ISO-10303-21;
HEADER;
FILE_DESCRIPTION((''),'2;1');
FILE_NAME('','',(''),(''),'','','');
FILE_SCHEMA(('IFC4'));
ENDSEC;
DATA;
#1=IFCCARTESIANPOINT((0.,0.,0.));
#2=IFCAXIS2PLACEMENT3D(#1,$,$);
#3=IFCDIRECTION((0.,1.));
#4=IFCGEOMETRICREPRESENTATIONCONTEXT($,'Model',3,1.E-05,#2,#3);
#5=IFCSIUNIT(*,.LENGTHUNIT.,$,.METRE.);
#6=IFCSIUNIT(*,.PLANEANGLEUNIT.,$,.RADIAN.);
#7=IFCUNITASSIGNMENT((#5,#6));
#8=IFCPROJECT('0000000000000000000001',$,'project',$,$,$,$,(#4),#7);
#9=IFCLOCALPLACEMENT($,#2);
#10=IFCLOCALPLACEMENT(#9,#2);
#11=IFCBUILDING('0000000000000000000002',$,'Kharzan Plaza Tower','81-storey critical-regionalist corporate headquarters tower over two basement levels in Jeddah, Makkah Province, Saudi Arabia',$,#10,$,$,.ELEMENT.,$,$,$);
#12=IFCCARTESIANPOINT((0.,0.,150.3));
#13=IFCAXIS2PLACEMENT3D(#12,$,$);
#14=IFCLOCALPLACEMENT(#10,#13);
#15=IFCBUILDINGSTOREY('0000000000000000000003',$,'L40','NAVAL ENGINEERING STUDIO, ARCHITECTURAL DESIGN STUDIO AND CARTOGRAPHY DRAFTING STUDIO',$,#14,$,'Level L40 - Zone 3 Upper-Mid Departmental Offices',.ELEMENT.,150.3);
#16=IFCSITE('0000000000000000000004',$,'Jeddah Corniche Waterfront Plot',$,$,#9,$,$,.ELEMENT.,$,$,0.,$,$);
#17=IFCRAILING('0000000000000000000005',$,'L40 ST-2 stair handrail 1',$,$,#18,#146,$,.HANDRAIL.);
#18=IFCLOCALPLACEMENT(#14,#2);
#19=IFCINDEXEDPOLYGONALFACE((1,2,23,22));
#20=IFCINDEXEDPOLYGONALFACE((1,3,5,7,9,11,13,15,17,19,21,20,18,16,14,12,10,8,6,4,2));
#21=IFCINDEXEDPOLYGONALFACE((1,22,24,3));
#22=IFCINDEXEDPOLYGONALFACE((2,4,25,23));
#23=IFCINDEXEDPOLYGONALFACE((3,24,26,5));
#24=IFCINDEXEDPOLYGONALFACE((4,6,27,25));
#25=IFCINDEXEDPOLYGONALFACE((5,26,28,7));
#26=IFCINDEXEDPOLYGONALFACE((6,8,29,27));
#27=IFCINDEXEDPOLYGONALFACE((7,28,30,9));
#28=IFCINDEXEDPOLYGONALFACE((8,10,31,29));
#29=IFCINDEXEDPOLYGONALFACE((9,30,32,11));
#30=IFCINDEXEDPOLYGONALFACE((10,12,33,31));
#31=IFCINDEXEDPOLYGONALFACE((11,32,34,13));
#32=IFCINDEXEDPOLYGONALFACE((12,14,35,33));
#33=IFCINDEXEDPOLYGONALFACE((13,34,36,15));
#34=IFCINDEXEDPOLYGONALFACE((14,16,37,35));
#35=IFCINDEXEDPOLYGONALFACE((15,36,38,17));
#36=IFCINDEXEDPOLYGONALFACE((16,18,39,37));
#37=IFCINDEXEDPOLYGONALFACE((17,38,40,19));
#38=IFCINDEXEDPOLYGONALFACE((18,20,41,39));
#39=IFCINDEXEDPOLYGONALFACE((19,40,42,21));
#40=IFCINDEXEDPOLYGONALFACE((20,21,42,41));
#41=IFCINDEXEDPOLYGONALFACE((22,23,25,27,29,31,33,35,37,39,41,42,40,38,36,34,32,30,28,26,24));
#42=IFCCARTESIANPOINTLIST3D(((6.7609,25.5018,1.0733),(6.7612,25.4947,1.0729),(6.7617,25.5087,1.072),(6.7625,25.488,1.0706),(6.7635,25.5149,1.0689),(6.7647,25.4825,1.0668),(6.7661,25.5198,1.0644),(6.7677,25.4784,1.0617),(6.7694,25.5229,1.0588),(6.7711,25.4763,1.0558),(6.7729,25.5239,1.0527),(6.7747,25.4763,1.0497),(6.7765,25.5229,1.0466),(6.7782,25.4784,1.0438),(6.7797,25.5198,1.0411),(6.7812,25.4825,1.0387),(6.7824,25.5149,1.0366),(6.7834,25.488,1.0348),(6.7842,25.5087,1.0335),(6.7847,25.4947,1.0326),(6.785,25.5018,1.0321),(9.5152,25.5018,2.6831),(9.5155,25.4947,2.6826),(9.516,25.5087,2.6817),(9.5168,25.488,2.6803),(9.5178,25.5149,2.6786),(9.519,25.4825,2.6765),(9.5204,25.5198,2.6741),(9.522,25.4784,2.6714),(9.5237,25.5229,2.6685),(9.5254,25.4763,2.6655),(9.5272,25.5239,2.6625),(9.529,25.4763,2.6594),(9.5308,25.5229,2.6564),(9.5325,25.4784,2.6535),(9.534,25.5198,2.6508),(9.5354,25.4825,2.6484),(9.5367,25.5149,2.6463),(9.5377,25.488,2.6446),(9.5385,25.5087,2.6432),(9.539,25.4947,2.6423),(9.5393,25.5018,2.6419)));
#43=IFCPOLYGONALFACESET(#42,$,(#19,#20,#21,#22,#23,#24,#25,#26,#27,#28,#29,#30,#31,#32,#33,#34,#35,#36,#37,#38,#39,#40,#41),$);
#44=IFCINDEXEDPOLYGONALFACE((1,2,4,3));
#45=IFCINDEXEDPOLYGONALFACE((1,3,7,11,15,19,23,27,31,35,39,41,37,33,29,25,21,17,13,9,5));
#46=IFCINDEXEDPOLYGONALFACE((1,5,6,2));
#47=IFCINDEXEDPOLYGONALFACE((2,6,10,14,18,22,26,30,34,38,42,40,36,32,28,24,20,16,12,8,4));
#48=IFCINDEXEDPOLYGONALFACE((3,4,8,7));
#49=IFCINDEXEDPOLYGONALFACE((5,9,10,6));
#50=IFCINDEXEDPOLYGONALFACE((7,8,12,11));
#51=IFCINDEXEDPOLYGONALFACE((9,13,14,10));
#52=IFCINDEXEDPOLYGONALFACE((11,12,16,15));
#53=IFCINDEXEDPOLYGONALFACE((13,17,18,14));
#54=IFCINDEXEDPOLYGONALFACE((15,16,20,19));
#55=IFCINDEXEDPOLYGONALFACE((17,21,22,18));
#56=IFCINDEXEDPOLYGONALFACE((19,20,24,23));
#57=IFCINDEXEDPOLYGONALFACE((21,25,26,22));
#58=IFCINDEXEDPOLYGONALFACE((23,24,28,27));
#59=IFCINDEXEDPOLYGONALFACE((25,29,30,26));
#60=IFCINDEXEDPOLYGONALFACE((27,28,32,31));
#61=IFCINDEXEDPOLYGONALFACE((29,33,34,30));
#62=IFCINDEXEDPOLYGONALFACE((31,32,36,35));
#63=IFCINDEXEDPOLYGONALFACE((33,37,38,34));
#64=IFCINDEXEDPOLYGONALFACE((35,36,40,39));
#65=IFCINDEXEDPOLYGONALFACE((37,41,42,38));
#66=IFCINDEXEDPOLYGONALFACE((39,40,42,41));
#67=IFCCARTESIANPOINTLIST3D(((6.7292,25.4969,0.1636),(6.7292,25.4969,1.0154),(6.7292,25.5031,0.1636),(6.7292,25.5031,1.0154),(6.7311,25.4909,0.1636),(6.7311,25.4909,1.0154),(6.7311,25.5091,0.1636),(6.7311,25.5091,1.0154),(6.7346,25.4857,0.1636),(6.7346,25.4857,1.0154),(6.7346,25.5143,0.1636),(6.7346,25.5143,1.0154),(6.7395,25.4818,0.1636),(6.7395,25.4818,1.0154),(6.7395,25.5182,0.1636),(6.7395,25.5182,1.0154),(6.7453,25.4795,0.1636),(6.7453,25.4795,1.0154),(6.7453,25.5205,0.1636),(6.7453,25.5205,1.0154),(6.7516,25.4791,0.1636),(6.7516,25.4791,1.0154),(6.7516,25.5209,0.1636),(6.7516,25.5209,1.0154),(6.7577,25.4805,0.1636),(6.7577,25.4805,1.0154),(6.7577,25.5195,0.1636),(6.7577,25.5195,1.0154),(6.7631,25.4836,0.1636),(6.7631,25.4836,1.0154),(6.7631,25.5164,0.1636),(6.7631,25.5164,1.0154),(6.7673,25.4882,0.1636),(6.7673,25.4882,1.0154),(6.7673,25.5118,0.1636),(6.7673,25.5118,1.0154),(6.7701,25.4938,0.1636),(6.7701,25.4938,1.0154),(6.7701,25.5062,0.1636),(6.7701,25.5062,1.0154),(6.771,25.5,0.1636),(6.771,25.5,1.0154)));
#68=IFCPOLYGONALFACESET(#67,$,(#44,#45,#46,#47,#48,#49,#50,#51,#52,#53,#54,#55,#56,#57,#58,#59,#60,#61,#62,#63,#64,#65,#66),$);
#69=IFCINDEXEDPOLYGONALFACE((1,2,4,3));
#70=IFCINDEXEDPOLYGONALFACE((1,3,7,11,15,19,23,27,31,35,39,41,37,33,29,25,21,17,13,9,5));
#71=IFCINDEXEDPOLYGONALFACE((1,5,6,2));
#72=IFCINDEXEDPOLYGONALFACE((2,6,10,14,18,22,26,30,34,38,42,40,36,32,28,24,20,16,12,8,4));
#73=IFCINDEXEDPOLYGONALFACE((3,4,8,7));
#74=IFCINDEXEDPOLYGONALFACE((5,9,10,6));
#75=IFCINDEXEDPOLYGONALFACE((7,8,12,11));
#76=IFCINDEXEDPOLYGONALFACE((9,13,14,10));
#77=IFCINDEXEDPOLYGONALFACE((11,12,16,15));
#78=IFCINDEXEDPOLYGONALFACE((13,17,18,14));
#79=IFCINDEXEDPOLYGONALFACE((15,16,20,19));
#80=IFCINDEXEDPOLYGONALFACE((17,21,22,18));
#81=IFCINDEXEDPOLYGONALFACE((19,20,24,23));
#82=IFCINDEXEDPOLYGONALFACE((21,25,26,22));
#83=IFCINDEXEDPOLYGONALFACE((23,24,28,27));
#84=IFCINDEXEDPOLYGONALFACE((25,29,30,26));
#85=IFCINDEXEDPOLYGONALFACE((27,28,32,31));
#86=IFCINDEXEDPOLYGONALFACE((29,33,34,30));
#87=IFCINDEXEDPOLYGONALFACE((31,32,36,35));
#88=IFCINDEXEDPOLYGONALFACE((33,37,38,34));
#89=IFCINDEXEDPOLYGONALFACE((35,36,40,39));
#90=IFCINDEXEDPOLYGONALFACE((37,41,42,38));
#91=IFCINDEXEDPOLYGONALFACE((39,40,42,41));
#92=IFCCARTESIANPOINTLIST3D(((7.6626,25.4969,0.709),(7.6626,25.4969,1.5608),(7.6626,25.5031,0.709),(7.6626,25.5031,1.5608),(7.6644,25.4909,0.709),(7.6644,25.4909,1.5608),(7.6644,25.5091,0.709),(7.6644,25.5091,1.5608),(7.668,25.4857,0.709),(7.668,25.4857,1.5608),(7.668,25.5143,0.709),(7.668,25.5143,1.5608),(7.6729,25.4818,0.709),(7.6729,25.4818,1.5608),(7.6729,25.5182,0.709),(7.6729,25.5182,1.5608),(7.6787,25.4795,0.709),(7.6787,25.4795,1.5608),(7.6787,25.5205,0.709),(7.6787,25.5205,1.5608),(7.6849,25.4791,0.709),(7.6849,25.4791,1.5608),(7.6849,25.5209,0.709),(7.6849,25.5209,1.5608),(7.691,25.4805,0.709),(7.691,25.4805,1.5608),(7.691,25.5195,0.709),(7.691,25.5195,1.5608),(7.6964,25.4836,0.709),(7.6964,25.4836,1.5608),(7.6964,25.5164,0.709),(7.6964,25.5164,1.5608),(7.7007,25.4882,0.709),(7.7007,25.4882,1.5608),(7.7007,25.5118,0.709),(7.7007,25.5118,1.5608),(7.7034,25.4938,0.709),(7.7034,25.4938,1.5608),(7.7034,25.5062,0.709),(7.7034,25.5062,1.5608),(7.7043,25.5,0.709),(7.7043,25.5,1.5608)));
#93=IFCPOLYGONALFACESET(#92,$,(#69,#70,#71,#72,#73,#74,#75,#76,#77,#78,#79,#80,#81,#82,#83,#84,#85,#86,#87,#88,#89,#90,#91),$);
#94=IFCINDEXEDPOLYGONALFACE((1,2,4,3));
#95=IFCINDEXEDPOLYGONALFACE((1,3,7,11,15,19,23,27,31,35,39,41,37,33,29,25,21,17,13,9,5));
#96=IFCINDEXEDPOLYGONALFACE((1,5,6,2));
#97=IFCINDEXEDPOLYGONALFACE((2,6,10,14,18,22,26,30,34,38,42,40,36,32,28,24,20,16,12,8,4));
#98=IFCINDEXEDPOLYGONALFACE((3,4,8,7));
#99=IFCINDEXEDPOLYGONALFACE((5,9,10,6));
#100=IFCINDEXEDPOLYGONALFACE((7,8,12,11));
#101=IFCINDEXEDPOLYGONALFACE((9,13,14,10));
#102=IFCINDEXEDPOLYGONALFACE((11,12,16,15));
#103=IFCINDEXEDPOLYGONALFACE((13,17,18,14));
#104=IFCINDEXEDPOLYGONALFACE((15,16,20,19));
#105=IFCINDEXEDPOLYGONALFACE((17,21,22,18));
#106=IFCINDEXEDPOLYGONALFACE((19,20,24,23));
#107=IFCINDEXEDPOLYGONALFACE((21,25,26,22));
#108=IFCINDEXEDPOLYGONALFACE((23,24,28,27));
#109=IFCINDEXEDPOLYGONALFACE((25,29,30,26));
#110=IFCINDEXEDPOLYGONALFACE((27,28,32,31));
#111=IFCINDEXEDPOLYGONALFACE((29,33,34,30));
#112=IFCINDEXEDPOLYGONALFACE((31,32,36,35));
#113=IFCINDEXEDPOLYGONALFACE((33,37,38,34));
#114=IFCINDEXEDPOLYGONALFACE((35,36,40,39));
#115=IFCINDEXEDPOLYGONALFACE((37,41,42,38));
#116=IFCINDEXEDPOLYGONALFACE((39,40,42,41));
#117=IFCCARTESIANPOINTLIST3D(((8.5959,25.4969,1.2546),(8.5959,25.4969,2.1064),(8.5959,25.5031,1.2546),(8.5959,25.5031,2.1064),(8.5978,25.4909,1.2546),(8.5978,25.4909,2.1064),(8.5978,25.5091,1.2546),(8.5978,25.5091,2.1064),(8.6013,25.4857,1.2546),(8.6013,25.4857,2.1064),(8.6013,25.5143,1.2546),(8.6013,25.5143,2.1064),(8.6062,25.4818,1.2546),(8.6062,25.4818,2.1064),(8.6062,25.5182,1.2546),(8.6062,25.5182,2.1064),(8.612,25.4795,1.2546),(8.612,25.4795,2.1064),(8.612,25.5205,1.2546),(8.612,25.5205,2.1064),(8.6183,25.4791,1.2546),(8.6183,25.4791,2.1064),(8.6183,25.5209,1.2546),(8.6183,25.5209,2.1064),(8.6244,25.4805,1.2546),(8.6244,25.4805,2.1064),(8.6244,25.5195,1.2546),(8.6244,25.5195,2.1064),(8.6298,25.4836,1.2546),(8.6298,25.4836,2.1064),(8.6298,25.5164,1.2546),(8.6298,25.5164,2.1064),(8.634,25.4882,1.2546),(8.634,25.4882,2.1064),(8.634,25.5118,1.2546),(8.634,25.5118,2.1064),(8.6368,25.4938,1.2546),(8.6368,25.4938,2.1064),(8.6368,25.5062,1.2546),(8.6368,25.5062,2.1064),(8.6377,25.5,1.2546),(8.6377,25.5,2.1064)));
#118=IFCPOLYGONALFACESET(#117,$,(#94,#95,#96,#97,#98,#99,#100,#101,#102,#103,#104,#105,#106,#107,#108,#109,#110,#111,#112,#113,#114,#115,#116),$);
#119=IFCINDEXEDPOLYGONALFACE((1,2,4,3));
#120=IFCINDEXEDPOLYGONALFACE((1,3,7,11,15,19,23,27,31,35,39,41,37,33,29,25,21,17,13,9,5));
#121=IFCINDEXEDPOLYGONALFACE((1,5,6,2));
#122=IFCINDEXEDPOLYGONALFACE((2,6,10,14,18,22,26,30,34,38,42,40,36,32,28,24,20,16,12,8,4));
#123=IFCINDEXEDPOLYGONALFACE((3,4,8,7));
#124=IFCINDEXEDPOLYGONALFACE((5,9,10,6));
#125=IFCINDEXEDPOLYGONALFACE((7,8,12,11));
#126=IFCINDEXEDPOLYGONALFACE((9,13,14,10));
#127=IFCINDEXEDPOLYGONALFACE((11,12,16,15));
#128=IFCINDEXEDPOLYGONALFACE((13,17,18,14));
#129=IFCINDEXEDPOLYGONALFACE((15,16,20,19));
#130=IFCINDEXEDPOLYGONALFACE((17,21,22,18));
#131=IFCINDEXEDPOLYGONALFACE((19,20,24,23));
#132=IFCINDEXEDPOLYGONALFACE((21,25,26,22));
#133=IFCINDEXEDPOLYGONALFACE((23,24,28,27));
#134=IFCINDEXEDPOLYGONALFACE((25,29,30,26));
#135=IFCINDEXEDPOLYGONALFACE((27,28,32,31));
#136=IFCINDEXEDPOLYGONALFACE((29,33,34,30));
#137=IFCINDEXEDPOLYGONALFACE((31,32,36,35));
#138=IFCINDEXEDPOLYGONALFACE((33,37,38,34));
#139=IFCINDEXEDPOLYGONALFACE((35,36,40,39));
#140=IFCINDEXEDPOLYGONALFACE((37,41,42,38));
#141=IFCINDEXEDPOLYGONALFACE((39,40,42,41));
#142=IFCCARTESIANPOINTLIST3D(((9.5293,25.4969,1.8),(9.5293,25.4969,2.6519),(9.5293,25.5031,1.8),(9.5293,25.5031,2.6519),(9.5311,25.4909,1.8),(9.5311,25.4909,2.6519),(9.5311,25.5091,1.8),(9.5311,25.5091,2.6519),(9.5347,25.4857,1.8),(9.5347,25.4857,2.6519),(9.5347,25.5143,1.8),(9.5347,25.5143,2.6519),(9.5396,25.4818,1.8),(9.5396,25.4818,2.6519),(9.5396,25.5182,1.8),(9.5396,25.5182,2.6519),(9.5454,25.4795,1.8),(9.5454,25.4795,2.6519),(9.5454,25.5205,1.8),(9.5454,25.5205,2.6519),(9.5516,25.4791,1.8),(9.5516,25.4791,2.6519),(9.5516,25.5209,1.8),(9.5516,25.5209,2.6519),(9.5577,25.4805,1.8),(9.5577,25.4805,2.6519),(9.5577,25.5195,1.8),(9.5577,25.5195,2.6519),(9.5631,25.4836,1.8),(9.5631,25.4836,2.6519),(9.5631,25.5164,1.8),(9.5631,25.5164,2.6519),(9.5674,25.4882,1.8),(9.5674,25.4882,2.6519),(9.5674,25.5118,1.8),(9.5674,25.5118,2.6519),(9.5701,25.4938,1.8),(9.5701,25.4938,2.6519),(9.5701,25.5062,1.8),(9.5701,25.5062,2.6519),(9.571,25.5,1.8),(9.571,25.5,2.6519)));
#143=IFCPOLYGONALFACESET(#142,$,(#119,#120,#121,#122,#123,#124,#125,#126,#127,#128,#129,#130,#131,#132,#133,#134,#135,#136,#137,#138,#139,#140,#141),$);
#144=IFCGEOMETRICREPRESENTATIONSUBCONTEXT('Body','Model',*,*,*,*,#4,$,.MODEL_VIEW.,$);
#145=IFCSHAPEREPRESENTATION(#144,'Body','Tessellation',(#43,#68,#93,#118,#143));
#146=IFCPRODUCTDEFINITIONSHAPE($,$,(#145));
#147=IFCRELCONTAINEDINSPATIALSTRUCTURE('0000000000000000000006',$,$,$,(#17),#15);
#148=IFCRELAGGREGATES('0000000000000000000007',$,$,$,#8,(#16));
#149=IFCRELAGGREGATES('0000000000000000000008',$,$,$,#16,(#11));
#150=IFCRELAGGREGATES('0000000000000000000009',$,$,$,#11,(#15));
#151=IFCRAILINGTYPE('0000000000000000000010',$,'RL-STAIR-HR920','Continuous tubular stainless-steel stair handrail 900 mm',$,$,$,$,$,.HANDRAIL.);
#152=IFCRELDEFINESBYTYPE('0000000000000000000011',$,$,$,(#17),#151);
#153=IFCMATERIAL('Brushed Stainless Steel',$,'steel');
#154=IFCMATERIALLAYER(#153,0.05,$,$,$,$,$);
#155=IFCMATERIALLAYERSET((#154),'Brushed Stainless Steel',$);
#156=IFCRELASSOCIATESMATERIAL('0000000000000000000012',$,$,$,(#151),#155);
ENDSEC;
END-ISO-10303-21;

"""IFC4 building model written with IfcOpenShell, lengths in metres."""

from ifc_helpers import new_model, si_unit, direction, frame, origin, origin_2d, place, context, subcontext, project, spatial, circle, extrude, source, transform, mapped, material, layer, layer_set, type_object, element, save


model = new_model("IFC4")

# Units and contexts
model_context = context("Model", 3, precision=1e-05, world=origin(), true_north=direction((0.0, 1.0)))
body_context = subcontext(model_context, "Body", "Model", "MODEL_VIEW")
ifc_project = project(units=[si_unit("LENGTHUNIT", "METRE"), si_unit("PLANEANGLEUNIT", "RADIAN")], contexts=[model_context])

# Site, building, storey
site_placement = place(None, origin())
site = spatial("IfcSite", under=ifc_project, at=site_placement, Name="Jeddah Corniche Waterfront Plot", CompositionType="ELEMENT", RefElevation=0.0)
building_placement = place(site_placement, origin())
building = spatial("IfcBuilding", under=site, at=building_placement, Name="Kharzan Plaza Tower", Description="81-storey critical-regionalist corporate headquarters tower over two basement levels in Jeddah, Makkah Province, Saudi Arabia", CompositionType="ELEMENT")
storey_placement = place(building_placement, frame((0.0, 0.0, 150.3)))
storey = spatial("IfcBuildingStorey", under=building, at=storey_placement, Name="L40", Description="NAVAL ENGINEERING STUDIO, ARCHITECTURAL DESIGN STUDIO AND CARTOGRAPHY DRAFTING STUDIO", LongName="Level L40 - Zone 3 Upper-Mid Departmental Offices", CompositionType="ELEMENT", Elevation=150.3)

# Shared definitions
ifc_material_1 = material(Name="Brushed Stainless Steel", Category="steel")

# Railing
ifc_layer_1 = layer(ifc_material_1, 0.05)
ifc_layer_set_1 = layer_set([ifc_layer_1], Name="Brushed Stainless Steel")
railing_type_1 = type_object("IfcRailingType", Name="RL-STAIR-HR920", Description="Continuous tubular stainless-steel stair handrail 900 mm", PredefinedType="HANDRAIL", material=ifc_layer_set_1)
shared_shape_1 = source(origin(), body_context, "Body", "SweptSolid", [
    extrude(circle(Radius=0.0239, at=origin_2d()), frame((0.0229, 0.0, 0.8892), z_axis=(0.863361, 0.0, 0.504587), x_axis=(0.0, 1.0, 0.0)), (0.0, 0.0, 1.0), 3.1902),
    extrude(circle(Radius=0.021, at=origin_2d()), origin(), (0.0, 0.0, 1.0), 0.8518),
    extrude(circle(Radius=0.021, at=origin_2d()), frame((0.9333, 0.0, 0.5454)), (0.0, 0.0, 1.0), 0.8518),
    extrude(circle(Radius=0.021, at=origin_2d()), frame((1.8667, 0.0, 1.0911)), (0.0, 0.0, 1.0), 0.8518),
    extrude(circle(Radius=0.021, at=origin_2d()), frame((2.8, 0.0, 1.6365)), (0.0, 0.0, 1.0), 0.8518),
])
railing_1_placement = place(storey_placement, frame((6.75, 25.5, 0.1636)))
element("IfcRailing", 1, at=railing_1_placement, inside=storey, type_object=railing_type_1, Name="L40 ST-2 stair handrail 1", PredefinedType="HANDRAIL", context=body_context, shape_type="MappedRepresentation", body=[
    mapped(shared_shape_1, transform((0.0, 0.0, 0.0), x_axis=(1.0, 0.0, 0.0), y_axis=(0.0, 1.0, 0.0), z_axis=(0.0, 0.0, 1.0))),
])

save(model, "model.ifc")
